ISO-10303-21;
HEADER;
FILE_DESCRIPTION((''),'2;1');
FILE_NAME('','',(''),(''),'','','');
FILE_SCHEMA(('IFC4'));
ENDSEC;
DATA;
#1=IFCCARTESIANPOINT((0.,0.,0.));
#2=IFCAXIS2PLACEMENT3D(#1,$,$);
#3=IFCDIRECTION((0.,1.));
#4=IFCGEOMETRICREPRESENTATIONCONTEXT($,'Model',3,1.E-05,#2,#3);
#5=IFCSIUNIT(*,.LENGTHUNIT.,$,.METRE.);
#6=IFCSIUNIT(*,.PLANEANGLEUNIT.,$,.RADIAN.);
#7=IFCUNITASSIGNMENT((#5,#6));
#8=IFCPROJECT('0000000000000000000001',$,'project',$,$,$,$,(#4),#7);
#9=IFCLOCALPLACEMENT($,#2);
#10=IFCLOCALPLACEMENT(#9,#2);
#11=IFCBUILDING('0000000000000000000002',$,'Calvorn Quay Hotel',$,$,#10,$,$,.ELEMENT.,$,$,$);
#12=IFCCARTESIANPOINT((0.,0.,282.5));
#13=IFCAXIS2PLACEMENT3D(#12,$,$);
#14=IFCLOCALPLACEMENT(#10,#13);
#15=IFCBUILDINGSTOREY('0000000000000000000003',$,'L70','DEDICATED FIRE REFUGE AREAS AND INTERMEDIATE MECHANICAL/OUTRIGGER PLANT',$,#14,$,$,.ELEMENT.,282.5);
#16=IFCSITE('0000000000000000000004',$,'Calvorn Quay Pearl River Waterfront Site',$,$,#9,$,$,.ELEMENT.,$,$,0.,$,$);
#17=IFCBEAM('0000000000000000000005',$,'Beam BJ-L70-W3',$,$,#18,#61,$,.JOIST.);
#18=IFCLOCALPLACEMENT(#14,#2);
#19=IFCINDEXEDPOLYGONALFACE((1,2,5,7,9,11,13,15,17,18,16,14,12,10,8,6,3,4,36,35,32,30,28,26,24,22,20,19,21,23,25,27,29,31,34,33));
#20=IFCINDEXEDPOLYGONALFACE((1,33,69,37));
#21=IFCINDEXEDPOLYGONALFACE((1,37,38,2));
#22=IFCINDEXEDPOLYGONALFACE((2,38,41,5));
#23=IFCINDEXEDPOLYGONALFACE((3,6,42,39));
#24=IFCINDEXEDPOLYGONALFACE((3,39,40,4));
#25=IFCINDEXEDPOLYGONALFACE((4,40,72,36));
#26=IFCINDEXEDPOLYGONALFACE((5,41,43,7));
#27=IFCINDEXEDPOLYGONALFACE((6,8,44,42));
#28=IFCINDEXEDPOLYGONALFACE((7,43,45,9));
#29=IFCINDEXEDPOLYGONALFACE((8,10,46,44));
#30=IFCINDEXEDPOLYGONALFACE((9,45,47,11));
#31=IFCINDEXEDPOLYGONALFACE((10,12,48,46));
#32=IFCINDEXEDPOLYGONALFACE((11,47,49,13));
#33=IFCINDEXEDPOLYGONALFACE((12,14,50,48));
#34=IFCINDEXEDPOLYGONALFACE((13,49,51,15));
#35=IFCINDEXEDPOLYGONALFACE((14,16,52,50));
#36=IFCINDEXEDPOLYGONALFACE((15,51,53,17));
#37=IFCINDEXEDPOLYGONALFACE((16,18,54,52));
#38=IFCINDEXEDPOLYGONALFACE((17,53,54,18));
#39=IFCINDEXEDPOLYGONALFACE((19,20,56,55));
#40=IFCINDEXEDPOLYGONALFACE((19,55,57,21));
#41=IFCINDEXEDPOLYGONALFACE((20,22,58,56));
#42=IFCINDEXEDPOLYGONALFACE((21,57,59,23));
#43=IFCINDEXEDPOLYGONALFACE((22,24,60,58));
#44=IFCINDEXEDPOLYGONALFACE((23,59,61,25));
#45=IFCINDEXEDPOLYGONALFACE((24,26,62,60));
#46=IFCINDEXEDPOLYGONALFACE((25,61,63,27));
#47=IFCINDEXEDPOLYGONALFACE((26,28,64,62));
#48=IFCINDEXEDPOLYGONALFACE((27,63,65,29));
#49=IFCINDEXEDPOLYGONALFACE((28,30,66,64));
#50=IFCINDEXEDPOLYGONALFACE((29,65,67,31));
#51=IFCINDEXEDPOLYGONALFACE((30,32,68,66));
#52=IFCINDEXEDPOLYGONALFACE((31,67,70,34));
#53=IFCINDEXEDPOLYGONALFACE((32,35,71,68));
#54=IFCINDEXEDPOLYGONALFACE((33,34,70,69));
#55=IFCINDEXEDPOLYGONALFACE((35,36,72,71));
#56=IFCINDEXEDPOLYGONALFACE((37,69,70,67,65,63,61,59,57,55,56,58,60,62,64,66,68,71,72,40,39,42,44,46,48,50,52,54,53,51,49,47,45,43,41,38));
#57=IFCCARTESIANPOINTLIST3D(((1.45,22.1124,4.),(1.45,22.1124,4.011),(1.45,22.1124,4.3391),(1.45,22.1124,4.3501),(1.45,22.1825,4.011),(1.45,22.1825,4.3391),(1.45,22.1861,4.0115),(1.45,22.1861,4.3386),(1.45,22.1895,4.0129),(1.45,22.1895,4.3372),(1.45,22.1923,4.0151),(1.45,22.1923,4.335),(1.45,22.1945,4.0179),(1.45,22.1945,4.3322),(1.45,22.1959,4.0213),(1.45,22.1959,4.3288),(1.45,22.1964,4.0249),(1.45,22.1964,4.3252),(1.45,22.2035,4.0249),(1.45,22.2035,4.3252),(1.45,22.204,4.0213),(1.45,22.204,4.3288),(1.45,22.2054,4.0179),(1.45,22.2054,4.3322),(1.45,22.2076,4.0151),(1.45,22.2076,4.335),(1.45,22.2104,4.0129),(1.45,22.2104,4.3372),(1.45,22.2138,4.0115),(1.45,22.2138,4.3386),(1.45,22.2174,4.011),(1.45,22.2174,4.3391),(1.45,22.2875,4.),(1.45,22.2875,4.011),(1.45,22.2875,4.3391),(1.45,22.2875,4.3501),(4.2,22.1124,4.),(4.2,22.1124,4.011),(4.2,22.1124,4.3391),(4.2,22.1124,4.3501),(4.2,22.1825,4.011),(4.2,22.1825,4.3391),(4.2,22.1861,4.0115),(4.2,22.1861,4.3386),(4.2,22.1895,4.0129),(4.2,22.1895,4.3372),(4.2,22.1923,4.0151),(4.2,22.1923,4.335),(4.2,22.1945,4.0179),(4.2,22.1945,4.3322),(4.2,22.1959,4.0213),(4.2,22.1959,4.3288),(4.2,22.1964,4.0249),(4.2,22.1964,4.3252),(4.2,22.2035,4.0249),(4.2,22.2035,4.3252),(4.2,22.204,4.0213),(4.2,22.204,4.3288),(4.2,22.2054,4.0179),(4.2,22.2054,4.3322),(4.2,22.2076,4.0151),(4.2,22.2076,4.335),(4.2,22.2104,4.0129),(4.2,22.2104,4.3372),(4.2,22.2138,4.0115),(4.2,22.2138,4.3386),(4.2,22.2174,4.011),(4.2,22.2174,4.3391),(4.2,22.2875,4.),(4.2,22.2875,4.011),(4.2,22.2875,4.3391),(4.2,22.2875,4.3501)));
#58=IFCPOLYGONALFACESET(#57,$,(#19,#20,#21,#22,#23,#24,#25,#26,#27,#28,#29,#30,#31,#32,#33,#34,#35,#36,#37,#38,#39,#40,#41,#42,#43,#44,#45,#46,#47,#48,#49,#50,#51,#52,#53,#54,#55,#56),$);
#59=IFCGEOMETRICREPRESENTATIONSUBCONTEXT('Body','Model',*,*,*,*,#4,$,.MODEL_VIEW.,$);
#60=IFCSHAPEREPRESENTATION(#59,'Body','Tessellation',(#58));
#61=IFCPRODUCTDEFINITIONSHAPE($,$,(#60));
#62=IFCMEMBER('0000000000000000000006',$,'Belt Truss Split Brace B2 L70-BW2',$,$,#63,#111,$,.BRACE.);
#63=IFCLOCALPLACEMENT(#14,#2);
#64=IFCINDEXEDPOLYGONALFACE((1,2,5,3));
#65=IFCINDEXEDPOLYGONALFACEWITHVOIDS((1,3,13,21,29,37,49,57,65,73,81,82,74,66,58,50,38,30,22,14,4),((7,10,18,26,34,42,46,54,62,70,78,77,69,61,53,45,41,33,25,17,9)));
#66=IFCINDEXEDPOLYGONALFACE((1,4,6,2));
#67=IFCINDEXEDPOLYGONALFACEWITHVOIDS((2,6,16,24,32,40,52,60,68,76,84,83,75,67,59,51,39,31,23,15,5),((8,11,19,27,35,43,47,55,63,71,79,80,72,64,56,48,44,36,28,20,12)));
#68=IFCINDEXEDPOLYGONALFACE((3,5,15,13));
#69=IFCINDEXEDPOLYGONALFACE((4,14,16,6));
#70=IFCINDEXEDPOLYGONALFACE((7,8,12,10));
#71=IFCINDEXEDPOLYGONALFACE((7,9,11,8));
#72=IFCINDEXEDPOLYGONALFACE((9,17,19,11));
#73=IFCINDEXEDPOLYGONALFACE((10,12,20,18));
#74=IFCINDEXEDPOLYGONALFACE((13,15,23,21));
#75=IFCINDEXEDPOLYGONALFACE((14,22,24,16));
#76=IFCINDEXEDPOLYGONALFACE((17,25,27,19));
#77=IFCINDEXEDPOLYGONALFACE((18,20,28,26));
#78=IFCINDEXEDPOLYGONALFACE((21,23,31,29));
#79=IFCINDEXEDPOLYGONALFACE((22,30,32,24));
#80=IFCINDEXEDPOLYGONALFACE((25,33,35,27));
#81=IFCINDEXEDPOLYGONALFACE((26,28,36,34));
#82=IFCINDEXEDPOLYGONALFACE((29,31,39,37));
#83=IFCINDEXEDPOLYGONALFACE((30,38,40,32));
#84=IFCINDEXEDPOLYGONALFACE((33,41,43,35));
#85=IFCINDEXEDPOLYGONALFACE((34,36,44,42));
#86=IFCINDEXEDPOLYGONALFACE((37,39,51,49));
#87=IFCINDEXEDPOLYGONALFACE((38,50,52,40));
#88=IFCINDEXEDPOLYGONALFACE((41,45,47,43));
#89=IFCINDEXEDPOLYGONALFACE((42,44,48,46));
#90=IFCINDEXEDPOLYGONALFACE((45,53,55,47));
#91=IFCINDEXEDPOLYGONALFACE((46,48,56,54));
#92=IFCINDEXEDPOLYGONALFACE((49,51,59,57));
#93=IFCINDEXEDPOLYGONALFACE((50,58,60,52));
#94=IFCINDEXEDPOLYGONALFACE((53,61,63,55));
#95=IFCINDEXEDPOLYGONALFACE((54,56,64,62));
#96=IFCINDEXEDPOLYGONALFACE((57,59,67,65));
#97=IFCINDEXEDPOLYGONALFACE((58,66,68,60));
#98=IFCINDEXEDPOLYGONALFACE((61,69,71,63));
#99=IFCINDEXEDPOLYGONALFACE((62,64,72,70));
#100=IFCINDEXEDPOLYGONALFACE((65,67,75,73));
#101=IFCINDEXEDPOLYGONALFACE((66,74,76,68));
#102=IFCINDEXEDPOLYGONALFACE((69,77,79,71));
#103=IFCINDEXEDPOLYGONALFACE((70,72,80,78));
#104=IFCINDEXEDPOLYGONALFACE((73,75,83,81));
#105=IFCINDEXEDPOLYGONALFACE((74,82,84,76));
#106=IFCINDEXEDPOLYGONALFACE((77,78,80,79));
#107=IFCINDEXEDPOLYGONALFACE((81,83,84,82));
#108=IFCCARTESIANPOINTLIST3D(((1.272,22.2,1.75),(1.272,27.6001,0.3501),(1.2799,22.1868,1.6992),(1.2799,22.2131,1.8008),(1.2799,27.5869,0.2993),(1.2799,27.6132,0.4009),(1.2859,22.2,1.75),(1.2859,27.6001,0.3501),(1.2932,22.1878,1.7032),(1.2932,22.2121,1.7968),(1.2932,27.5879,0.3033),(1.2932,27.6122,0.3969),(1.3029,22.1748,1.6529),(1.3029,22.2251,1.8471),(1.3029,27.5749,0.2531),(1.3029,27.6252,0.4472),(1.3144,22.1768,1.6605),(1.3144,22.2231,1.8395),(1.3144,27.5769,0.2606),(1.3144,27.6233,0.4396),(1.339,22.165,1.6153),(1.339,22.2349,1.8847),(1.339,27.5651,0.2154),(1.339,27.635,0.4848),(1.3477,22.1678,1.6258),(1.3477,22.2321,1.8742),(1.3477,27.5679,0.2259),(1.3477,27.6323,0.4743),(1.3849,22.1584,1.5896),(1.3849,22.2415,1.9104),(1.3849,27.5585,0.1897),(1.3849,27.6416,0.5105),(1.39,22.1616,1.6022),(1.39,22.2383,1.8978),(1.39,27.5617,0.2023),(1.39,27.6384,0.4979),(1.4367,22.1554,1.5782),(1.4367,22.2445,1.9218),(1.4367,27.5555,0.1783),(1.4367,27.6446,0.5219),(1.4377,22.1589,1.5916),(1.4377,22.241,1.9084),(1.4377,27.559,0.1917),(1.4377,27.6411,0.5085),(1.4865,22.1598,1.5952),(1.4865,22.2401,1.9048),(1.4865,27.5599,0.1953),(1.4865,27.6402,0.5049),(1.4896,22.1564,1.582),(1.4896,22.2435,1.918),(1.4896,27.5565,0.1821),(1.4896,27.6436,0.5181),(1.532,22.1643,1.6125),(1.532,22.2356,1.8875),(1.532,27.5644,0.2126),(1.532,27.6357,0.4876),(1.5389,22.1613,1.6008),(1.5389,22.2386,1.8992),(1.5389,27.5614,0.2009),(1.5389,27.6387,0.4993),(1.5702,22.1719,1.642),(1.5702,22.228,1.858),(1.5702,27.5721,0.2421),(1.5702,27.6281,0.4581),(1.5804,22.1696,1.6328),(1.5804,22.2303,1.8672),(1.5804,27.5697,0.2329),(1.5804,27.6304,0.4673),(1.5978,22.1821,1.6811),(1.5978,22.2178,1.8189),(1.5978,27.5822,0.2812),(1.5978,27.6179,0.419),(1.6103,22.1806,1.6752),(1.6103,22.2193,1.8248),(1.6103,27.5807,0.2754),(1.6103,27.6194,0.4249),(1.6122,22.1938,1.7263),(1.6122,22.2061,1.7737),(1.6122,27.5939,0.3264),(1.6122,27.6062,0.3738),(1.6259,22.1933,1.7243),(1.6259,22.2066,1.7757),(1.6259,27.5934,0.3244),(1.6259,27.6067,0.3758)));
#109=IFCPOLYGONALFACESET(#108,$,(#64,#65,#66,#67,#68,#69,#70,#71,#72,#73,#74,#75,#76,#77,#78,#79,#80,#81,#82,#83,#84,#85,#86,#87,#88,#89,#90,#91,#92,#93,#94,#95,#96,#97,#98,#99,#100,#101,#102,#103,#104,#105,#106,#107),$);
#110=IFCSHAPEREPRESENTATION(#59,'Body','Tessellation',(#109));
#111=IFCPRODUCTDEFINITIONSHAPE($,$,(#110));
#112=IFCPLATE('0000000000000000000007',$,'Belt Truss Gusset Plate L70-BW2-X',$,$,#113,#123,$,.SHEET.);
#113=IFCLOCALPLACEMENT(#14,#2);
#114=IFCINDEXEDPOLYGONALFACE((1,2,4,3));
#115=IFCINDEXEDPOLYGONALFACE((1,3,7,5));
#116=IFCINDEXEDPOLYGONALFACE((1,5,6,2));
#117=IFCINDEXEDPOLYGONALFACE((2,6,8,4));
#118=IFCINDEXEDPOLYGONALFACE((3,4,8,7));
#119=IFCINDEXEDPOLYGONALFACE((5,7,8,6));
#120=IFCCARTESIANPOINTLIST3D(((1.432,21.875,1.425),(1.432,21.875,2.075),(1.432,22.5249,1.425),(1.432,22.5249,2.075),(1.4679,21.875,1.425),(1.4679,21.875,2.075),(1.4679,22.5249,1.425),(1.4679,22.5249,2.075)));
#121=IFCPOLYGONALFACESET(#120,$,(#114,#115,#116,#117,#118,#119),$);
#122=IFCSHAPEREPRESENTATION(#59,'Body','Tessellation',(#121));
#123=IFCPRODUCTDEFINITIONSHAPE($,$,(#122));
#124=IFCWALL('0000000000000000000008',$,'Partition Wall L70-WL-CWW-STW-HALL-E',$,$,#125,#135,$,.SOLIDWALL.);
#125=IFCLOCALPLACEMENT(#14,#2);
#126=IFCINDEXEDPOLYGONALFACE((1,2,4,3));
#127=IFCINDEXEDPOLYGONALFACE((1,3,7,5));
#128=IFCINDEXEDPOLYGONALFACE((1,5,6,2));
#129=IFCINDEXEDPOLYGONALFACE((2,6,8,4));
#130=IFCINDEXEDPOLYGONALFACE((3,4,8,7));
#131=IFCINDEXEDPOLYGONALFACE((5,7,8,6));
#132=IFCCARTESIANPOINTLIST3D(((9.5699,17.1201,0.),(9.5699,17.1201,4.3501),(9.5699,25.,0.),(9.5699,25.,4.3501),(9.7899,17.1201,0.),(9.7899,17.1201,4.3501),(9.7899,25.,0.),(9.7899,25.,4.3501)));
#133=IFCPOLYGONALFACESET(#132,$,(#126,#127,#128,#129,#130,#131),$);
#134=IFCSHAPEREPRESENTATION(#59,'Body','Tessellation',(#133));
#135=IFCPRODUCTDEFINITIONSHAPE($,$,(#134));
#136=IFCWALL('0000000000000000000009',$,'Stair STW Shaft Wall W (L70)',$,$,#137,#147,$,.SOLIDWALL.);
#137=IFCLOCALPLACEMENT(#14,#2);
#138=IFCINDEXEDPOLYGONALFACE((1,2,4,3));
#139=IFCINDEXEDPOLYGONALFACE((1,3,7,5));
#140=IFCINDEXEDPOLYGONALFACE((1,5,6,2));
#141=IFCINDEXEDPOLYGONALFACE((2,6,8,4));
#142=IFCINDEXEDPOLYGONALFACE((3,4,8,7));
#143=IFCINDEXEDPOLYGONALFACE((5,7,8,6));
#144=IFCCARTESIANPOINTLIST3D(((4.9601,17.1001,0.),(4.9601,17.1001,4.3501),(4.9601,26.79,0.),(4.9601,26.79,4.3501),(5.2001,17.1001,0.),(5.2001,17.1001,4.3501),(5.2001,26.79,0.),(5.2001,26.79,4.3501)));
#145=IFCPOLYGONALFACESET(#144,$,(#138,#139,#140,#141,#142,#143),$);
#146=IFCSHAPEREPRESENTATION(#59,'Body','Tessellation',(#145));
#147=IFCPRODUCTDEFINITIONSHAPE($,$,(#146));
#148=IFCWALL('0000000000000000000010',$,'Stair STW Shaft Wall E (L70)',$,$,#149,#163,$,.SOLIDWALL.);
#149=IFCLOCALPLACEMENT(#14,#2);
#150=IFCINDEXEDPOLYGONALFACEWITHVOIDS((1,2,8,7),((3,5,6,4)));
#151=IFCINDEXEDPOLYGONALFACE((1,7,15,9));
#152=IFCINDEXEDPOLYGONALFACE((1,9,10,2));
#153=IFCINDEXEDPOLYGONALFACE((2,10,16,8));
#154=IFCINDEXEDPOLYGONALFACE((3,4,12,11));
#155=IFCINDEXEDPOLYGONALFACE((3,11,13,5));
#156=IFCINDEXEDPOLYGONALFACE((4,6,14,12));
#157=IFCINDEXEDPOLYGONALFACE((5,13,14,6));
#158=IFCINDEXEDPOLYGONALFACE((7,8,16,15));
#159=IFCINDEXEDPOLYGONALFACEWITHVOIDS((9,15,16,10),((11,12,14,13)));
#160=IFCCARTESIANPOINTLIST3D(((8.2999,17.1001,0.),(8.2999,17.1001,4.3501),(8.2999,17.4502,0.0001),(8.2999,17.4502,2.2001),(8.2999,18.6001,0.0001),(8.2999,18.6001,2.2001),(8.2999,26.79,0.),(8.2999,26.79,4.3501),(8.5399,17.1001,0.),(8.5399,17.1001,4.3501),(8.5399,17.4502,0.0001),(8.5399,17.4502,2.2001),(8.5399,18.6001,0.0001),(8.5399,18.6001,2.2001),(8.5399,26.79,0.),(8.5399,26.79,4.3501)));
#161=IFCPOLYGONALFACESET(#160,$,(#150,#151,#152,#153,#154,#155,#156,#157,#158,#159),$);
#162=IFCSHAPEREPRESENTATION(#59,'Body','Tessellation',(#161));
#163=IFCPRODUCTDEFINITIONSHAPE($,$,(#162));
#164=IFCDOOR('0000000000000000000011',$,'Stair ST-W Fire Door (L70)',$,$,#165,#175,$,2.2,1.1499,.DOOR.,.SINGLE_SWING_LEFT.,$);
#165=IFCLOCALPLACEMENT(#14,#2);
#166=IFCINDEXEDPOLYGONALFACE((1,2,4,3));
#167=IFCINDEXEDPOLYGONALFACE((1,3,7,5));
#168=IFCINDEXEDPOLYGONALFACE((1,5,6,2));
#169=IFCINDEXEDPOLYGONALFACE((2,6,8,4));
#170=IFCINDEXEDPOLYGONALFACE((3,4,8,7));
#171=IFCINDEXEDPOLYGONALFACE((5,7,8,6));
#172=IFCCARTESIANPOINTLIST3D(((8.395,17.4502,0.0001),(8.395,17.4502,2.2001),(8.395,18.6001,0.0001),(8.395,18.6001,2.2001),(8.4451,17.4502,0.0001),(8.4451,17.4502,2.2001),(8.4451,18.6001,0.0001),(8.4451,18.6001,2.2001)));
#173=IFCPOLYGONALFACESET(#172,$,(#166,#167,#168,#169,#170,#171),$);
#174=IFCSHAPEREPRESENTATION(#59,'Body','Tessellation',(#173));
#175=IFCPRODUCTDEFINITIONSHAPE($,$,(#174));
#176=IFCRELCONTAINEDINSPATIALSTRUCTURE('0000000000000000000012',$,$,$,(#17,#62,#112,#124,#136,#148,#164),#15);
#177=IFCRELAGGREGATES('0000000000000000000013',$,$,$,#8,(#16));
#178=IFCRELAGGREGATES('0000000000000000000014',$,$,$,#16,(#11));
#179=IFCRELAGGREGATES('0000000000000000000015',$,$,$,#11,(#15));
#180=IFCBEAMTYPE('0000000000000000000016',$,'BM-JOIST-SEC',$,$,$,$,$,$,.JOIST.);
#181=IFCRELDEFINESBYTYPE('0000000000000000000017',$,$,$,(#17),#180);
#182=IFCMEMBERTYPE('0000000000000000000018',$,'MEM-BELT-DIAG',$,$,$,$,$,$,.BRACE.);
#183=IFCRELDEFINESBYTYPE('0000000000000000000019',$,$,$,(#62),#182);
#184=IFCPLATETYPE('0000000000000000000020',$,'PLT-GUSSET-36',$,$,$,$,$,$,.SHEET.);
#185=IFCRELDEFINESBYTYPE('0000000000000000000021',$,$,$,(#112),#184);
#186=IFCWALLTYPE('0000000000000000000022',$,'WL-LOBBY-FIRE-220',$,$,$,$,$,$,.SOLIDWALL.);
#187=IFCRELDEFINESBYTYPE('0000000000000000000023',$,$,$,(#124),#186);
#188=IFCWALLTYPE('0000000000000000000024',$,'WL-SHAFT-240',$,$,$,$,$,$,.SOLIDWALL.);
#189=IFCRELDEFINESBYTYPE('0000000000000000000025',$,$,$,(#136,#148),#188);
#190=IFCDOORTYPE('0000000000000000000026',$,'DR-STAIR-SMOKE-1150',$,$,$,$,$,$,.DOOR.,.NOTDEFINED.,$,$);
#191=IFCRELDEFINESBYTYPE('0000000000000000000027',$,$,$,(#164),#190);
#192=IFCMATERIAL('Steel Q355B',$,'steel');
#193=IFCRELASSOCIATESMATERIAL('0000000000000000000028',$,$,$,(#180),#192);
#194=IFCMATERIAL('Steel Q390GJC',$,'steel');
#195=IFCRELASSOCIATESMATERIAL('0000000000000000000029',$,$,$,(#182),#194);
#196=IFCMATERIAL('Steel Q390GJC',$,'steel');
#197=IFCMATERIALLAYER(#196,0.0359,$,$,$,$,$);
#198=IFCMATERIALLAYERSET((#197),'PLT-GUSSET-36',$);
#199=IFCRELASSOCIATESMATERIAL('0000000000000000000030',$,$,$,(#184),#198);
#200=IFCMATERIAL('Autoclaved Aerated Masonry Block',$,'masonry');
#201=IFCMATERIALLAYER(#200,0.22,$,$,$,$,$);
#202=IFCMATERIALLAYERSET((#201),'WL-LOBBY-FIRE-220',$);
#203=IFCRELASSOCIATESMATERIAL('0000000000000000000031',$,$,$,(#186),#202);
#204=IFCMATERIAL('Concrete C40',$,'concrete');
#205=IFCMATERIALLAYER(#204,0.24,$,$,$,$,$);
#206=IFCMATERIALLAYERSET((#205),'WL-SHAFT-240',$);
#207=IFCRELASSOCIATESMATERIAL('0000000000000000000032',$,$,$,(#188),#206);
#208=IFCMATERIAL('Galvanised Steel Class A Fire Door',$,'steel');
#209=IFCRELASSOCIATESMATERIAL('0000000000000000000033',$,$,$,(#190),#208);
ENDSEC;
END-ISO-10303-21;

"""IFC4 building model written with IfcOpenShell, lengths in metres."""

from ifc_helpers import new_model, si_unit, direction, frame, frame_2d, origin, origin_2d, place, context, subcontext, project, spatial, rectangle, hollow_circle, i_section, extrude, material, layer, layer_set, material_profile, profile_set, type_object, element, fill, save


model = new_model("IFC4")

# Units and contexts
model_context = context("Model", 3, precision=1e-05, world=origin(), true_north=direction((0.0, 1.0)))
body_context = subcontext(model_context, "Body", "Model", "MODEL_VIEW")
ifc_project = project(units=[si_unit("LENGTHUNIT", "METRE"), si_unit("PLANEANGLEUNIT", "RADIAN")], contexts=[model_context])

# Site, building, storey
site_placement = place(None, origin())
site = spatial("IfcSite", under=ifc_project, at=site_placement, Name="Calvorn Quay Pearl River Waterfront Site", CompositionType="ELEMENT", RefElevation=0.0)
building_placement = place(site_placement, origin())
building = spatial("IfcBuilding", under=site, at=building_placement, Name="Calvorn Quay Hotel", CompositionType="ELEMENT")
storey_placement = place(building_placement, frame((0.0, 0.0, 282.5)))
storey = spatial("IfcBuildingStorey", under=building, at=storey_placement, Name="L70", Description="DEDICATED FIRE REFUGE AREAS AND INTERMEDIATE MECHANICAL/OUTRIGGER PLANT", CompositionType="ELEMENT", Elevation=282.5)

# Beam
ifc_material_1 = material(Name="Steel Q355B", Category="steel")
ifc_material_profile_1 = material_profile(ifc_material_1, i_section(OverallWidth=0.175, OverallDepth=0.3501, WebThickness=0.0071, FlangeThickness=0.011, FilletRadius=0.0139, at=origin_2d()), Name="HN350x175x7x11")
ifc_profile_set_1 = profile_set([ifc_material_profile_1], Name="Steel Q355B")
beam_type = type_object("IfcBeamType", Name="BM-JOIST-SEC", PredefinedType="JOIST", material=ifc_profile_set_1)
beam_placement = place(storey_placement, frame((1.45, 22.2, 4.175), z_axis=(1.0, 0.0, 0.0), x_axis=(0.0, 1.0, 0.0)))
element("IfcBeam", 1, at=beam_placement, inside=storey, type_object=beam_type, Name="Beam BJ-L70-W3", PredefinedType="JOIST", context=body_context, shape_type="SweptSolid", body=[
    extrude(i_section(OverallWidth=0.175, OverallDepth=0.3501, WebThickness=0.0071, FlangeThickness=0.011, FilletRadius=0.0139, at=origin_2d()), origin(), (0.0, 0.0, 1.0), 2.75),
])

# Member
ifc_material_2 = material(Name="Steel Q390GJC", Category="steel")
ifc_material_profile_2 = material_profile(ifc_material_2, hollow_circle(Radius=0.178, WallThickness=0.0139, at=origin_2d()), Name="CHS356x14")
ifc_profile_set_2 = profile_set([ifc_material_profile_2], Name="Steel Q390GJC")
member_type = type_object("IfcMemberType", Name="MEM-BELT-DIAG", PredefinedType="BRACE", material=ifc_profile_set_2)
member_placement = place(storey_placement, frame((1.45, 22.2, 1.75), z_axis=(0.0, 0.968003, -0.250939), x_axis=(-1.0, 0.0, 0.0)))
element("IfcMember", 2, at=member_placement, inside=storey, type_object=member_type, Name="Belt Truss Split Brace B2 L70-BW2", PredefinedType="BRACE", context=body_context, shape_type="SweptSolid", body=[
    extrude(hollow_circle(Radius=0.178, WallThickness=0.0139, at=origin_2d()), origin(), (0.0, 0.0, 1.0), 5.5786),
])

# Plate
ifc_material_3 = material(Name="Steel Q390GJC", Category="steel")
ifc_layer_1 = layer(ifc_material_3, 0.0359)
ifc_layer_set_1 = layer_set([ifc_layer_1], Name="PLT-GUSSET-36")
plate_type = type_object("IfcPlateType", Name="PLT-GUSSET-36", PredefinedType="SHEET", material=ifc_layer_set_1)
plate_placement = place(storey_placement, frame((1.45, 22.2, 1.425), z_axis=(0.0, 0.0, 1.0), x_axis=(0.0, 1.0, 0.0)))
element("IfcPlate", 3, at=plate_placement, inside=storey, type_object=plate_type, Name="Belt Truss Gusset Plate L70-BW2-X", PredefinedType="SHEET", context=body_context, shape_type="SweptSolid", body=[
    extrude(rectangle(XDim=0.6499, YDim=0.0359, at=origin_2d()), origin(), (0.0, 0.0, 1.0), 0.6499),
])

# Walls
ifc_material_4 = material(Name="Autoclaved Aerated Masonry Block", Category="masonry")
ifc_layer_2 = layer(ifc_material_4, 0.22)
ifc_layer_set_2 = layer_set([ifc_layer_2], Name="WL-LOBBY-FIRE-220")
wall_type_1 = type_object("IfcWallType", Name="WL-LOBBY-FIRE-220", PredefinedType="SOLIDWALL", material=ifc_layer_set_2)
wall_1_placement = place(storey_placement, frame((9.6799, 17.1201, 0.0), z_axis=(0.0, 0.0, 1.0), x_axis=(0.0, 1.0, 0.0)))
element("IfcWall", 4, at=wall_1_placement, inside=storey, type_object=wall_type_1, Name="Partition Wall L70-WL-CWW-STW-HALL-E", PredefinedType="SOLIDWALL", context=body_context, shape_type="SweptSolid", body=[
    extrude(rectangle(XDim=7.8799, YDim=0.22, at=frame_2d((3.9399, 0.0))), origin(), (0.0, 0.0, 1.0), 4.3501),
])
ifc_material_5 = material(Name="Concrete C40", Category="concrete")
ifc_layer_3 = layer(ifc_material_5, 0.24)
ifc_layer_set_3 = layer_set([ifc_layer_3], Name="WL-SHAFT-240")
wall_type_2 = type_object("IfcWallType", Name="WL-SHAFT-240", PredefinedType="SOLIDWALL", material=ifc_layer_set_3)
wall_2_placement = place(storey_placement, frame((5.0801, 17.1001, 0.0), z_axis=(0.0, 0.0, 1.0), x_axis=(0.0, 1.0, 0.0)))
element("IfcWall", 5, at=wall_2_placement, inside=storey, type_object=wall_type_2, Name="Stair STW Shaft Wall W (L70)", PredefinedType="SOLIDWALL", context=body_context, shape_type="SweptSolid", body=[
    extrude(rectangle(XDim=9.6899, YDim=0.24, at=frame_2d((4.845, 0.0))), origin(), (0.0, 0.0, 1.0), 4.3501),
])

# Wall, opening, door
wall_3_placement = place(storey_placement, frame((8.4199, 17.1001, 0.0), z_axis=(0.0, 0.0, 1.0), x_axis=(0.0, 1.0, 0.0)))
wall_3 = element("IfcWall", 6, at=wall_3_placement, inside=storey, type_object=wall_type_2, Name="Stair STW Shaft Wall E (L70)", PredefinedType="SOLIDWALL", context=body_context, shape_type="SweptSolid", body=[
    extrude(rectangle(XDim=9.6899, YDim=0.24, at=frame_2d((4.845, 0.0))), origin(), (0.0, 0.0, 1.0), 4.3501),
])
opening_placement = place(wall_3_placement, frame((0.3501, 0.0, 0.0)))
opening = element("IfcOpeningElement", 7, at=opening_placement, cuts=wall_3, PredefinedType="OPENING", context=body_context, shape_type="SweptSolid", body=[
    extrude(rectangle(XDim=1.1499, YDim=2.2, at=frame_2d((0.575, 1.1001))), frame((0.0, 0.1299, 0.0), z_axis=(0.0, -1.0, 0.0), x_axis=(1.0, 0.0, 0.0)), (0.0, 0.0, 1.0), 0.26),
])
ifc_material_6 = material(Name="Galvanised Steel Class A Fire Door", Category="steel")
door_type = type_object("IfcDoorType", Name="DR-STAIR-SMOKE-1150", OperationType="NOTDEFINED", PredefinedType="DOOR", material=ifc_material_6)
door_placement = place(opening_placement, origin())
door = element("IfcDoor", 8, at=door_placement, inside=storey, type_object=door_type, Name="Stair ST-W Fire Door (L70)", OperationType="SINGLE_SWING_LEFT", OverallHeight=2.2, OverallWidth=1.1499, PredefinedType="DOOR", context=body_context, shape_type="SweptSolid", body=[
    extrude(rectangle(XDim=1.1499, YDim=2.2, at=frame_2d((0.575, 1.1001))), frame((0.0, 0.0249, 0.0), z_axis=(0.0, -1.0, 0.0), x_axis=(1.0, 0.0, 0.0)), (0.0, 0.0, 1.0), 0.05),
])
fill(opening, door)

save(model, "model.ifc")
